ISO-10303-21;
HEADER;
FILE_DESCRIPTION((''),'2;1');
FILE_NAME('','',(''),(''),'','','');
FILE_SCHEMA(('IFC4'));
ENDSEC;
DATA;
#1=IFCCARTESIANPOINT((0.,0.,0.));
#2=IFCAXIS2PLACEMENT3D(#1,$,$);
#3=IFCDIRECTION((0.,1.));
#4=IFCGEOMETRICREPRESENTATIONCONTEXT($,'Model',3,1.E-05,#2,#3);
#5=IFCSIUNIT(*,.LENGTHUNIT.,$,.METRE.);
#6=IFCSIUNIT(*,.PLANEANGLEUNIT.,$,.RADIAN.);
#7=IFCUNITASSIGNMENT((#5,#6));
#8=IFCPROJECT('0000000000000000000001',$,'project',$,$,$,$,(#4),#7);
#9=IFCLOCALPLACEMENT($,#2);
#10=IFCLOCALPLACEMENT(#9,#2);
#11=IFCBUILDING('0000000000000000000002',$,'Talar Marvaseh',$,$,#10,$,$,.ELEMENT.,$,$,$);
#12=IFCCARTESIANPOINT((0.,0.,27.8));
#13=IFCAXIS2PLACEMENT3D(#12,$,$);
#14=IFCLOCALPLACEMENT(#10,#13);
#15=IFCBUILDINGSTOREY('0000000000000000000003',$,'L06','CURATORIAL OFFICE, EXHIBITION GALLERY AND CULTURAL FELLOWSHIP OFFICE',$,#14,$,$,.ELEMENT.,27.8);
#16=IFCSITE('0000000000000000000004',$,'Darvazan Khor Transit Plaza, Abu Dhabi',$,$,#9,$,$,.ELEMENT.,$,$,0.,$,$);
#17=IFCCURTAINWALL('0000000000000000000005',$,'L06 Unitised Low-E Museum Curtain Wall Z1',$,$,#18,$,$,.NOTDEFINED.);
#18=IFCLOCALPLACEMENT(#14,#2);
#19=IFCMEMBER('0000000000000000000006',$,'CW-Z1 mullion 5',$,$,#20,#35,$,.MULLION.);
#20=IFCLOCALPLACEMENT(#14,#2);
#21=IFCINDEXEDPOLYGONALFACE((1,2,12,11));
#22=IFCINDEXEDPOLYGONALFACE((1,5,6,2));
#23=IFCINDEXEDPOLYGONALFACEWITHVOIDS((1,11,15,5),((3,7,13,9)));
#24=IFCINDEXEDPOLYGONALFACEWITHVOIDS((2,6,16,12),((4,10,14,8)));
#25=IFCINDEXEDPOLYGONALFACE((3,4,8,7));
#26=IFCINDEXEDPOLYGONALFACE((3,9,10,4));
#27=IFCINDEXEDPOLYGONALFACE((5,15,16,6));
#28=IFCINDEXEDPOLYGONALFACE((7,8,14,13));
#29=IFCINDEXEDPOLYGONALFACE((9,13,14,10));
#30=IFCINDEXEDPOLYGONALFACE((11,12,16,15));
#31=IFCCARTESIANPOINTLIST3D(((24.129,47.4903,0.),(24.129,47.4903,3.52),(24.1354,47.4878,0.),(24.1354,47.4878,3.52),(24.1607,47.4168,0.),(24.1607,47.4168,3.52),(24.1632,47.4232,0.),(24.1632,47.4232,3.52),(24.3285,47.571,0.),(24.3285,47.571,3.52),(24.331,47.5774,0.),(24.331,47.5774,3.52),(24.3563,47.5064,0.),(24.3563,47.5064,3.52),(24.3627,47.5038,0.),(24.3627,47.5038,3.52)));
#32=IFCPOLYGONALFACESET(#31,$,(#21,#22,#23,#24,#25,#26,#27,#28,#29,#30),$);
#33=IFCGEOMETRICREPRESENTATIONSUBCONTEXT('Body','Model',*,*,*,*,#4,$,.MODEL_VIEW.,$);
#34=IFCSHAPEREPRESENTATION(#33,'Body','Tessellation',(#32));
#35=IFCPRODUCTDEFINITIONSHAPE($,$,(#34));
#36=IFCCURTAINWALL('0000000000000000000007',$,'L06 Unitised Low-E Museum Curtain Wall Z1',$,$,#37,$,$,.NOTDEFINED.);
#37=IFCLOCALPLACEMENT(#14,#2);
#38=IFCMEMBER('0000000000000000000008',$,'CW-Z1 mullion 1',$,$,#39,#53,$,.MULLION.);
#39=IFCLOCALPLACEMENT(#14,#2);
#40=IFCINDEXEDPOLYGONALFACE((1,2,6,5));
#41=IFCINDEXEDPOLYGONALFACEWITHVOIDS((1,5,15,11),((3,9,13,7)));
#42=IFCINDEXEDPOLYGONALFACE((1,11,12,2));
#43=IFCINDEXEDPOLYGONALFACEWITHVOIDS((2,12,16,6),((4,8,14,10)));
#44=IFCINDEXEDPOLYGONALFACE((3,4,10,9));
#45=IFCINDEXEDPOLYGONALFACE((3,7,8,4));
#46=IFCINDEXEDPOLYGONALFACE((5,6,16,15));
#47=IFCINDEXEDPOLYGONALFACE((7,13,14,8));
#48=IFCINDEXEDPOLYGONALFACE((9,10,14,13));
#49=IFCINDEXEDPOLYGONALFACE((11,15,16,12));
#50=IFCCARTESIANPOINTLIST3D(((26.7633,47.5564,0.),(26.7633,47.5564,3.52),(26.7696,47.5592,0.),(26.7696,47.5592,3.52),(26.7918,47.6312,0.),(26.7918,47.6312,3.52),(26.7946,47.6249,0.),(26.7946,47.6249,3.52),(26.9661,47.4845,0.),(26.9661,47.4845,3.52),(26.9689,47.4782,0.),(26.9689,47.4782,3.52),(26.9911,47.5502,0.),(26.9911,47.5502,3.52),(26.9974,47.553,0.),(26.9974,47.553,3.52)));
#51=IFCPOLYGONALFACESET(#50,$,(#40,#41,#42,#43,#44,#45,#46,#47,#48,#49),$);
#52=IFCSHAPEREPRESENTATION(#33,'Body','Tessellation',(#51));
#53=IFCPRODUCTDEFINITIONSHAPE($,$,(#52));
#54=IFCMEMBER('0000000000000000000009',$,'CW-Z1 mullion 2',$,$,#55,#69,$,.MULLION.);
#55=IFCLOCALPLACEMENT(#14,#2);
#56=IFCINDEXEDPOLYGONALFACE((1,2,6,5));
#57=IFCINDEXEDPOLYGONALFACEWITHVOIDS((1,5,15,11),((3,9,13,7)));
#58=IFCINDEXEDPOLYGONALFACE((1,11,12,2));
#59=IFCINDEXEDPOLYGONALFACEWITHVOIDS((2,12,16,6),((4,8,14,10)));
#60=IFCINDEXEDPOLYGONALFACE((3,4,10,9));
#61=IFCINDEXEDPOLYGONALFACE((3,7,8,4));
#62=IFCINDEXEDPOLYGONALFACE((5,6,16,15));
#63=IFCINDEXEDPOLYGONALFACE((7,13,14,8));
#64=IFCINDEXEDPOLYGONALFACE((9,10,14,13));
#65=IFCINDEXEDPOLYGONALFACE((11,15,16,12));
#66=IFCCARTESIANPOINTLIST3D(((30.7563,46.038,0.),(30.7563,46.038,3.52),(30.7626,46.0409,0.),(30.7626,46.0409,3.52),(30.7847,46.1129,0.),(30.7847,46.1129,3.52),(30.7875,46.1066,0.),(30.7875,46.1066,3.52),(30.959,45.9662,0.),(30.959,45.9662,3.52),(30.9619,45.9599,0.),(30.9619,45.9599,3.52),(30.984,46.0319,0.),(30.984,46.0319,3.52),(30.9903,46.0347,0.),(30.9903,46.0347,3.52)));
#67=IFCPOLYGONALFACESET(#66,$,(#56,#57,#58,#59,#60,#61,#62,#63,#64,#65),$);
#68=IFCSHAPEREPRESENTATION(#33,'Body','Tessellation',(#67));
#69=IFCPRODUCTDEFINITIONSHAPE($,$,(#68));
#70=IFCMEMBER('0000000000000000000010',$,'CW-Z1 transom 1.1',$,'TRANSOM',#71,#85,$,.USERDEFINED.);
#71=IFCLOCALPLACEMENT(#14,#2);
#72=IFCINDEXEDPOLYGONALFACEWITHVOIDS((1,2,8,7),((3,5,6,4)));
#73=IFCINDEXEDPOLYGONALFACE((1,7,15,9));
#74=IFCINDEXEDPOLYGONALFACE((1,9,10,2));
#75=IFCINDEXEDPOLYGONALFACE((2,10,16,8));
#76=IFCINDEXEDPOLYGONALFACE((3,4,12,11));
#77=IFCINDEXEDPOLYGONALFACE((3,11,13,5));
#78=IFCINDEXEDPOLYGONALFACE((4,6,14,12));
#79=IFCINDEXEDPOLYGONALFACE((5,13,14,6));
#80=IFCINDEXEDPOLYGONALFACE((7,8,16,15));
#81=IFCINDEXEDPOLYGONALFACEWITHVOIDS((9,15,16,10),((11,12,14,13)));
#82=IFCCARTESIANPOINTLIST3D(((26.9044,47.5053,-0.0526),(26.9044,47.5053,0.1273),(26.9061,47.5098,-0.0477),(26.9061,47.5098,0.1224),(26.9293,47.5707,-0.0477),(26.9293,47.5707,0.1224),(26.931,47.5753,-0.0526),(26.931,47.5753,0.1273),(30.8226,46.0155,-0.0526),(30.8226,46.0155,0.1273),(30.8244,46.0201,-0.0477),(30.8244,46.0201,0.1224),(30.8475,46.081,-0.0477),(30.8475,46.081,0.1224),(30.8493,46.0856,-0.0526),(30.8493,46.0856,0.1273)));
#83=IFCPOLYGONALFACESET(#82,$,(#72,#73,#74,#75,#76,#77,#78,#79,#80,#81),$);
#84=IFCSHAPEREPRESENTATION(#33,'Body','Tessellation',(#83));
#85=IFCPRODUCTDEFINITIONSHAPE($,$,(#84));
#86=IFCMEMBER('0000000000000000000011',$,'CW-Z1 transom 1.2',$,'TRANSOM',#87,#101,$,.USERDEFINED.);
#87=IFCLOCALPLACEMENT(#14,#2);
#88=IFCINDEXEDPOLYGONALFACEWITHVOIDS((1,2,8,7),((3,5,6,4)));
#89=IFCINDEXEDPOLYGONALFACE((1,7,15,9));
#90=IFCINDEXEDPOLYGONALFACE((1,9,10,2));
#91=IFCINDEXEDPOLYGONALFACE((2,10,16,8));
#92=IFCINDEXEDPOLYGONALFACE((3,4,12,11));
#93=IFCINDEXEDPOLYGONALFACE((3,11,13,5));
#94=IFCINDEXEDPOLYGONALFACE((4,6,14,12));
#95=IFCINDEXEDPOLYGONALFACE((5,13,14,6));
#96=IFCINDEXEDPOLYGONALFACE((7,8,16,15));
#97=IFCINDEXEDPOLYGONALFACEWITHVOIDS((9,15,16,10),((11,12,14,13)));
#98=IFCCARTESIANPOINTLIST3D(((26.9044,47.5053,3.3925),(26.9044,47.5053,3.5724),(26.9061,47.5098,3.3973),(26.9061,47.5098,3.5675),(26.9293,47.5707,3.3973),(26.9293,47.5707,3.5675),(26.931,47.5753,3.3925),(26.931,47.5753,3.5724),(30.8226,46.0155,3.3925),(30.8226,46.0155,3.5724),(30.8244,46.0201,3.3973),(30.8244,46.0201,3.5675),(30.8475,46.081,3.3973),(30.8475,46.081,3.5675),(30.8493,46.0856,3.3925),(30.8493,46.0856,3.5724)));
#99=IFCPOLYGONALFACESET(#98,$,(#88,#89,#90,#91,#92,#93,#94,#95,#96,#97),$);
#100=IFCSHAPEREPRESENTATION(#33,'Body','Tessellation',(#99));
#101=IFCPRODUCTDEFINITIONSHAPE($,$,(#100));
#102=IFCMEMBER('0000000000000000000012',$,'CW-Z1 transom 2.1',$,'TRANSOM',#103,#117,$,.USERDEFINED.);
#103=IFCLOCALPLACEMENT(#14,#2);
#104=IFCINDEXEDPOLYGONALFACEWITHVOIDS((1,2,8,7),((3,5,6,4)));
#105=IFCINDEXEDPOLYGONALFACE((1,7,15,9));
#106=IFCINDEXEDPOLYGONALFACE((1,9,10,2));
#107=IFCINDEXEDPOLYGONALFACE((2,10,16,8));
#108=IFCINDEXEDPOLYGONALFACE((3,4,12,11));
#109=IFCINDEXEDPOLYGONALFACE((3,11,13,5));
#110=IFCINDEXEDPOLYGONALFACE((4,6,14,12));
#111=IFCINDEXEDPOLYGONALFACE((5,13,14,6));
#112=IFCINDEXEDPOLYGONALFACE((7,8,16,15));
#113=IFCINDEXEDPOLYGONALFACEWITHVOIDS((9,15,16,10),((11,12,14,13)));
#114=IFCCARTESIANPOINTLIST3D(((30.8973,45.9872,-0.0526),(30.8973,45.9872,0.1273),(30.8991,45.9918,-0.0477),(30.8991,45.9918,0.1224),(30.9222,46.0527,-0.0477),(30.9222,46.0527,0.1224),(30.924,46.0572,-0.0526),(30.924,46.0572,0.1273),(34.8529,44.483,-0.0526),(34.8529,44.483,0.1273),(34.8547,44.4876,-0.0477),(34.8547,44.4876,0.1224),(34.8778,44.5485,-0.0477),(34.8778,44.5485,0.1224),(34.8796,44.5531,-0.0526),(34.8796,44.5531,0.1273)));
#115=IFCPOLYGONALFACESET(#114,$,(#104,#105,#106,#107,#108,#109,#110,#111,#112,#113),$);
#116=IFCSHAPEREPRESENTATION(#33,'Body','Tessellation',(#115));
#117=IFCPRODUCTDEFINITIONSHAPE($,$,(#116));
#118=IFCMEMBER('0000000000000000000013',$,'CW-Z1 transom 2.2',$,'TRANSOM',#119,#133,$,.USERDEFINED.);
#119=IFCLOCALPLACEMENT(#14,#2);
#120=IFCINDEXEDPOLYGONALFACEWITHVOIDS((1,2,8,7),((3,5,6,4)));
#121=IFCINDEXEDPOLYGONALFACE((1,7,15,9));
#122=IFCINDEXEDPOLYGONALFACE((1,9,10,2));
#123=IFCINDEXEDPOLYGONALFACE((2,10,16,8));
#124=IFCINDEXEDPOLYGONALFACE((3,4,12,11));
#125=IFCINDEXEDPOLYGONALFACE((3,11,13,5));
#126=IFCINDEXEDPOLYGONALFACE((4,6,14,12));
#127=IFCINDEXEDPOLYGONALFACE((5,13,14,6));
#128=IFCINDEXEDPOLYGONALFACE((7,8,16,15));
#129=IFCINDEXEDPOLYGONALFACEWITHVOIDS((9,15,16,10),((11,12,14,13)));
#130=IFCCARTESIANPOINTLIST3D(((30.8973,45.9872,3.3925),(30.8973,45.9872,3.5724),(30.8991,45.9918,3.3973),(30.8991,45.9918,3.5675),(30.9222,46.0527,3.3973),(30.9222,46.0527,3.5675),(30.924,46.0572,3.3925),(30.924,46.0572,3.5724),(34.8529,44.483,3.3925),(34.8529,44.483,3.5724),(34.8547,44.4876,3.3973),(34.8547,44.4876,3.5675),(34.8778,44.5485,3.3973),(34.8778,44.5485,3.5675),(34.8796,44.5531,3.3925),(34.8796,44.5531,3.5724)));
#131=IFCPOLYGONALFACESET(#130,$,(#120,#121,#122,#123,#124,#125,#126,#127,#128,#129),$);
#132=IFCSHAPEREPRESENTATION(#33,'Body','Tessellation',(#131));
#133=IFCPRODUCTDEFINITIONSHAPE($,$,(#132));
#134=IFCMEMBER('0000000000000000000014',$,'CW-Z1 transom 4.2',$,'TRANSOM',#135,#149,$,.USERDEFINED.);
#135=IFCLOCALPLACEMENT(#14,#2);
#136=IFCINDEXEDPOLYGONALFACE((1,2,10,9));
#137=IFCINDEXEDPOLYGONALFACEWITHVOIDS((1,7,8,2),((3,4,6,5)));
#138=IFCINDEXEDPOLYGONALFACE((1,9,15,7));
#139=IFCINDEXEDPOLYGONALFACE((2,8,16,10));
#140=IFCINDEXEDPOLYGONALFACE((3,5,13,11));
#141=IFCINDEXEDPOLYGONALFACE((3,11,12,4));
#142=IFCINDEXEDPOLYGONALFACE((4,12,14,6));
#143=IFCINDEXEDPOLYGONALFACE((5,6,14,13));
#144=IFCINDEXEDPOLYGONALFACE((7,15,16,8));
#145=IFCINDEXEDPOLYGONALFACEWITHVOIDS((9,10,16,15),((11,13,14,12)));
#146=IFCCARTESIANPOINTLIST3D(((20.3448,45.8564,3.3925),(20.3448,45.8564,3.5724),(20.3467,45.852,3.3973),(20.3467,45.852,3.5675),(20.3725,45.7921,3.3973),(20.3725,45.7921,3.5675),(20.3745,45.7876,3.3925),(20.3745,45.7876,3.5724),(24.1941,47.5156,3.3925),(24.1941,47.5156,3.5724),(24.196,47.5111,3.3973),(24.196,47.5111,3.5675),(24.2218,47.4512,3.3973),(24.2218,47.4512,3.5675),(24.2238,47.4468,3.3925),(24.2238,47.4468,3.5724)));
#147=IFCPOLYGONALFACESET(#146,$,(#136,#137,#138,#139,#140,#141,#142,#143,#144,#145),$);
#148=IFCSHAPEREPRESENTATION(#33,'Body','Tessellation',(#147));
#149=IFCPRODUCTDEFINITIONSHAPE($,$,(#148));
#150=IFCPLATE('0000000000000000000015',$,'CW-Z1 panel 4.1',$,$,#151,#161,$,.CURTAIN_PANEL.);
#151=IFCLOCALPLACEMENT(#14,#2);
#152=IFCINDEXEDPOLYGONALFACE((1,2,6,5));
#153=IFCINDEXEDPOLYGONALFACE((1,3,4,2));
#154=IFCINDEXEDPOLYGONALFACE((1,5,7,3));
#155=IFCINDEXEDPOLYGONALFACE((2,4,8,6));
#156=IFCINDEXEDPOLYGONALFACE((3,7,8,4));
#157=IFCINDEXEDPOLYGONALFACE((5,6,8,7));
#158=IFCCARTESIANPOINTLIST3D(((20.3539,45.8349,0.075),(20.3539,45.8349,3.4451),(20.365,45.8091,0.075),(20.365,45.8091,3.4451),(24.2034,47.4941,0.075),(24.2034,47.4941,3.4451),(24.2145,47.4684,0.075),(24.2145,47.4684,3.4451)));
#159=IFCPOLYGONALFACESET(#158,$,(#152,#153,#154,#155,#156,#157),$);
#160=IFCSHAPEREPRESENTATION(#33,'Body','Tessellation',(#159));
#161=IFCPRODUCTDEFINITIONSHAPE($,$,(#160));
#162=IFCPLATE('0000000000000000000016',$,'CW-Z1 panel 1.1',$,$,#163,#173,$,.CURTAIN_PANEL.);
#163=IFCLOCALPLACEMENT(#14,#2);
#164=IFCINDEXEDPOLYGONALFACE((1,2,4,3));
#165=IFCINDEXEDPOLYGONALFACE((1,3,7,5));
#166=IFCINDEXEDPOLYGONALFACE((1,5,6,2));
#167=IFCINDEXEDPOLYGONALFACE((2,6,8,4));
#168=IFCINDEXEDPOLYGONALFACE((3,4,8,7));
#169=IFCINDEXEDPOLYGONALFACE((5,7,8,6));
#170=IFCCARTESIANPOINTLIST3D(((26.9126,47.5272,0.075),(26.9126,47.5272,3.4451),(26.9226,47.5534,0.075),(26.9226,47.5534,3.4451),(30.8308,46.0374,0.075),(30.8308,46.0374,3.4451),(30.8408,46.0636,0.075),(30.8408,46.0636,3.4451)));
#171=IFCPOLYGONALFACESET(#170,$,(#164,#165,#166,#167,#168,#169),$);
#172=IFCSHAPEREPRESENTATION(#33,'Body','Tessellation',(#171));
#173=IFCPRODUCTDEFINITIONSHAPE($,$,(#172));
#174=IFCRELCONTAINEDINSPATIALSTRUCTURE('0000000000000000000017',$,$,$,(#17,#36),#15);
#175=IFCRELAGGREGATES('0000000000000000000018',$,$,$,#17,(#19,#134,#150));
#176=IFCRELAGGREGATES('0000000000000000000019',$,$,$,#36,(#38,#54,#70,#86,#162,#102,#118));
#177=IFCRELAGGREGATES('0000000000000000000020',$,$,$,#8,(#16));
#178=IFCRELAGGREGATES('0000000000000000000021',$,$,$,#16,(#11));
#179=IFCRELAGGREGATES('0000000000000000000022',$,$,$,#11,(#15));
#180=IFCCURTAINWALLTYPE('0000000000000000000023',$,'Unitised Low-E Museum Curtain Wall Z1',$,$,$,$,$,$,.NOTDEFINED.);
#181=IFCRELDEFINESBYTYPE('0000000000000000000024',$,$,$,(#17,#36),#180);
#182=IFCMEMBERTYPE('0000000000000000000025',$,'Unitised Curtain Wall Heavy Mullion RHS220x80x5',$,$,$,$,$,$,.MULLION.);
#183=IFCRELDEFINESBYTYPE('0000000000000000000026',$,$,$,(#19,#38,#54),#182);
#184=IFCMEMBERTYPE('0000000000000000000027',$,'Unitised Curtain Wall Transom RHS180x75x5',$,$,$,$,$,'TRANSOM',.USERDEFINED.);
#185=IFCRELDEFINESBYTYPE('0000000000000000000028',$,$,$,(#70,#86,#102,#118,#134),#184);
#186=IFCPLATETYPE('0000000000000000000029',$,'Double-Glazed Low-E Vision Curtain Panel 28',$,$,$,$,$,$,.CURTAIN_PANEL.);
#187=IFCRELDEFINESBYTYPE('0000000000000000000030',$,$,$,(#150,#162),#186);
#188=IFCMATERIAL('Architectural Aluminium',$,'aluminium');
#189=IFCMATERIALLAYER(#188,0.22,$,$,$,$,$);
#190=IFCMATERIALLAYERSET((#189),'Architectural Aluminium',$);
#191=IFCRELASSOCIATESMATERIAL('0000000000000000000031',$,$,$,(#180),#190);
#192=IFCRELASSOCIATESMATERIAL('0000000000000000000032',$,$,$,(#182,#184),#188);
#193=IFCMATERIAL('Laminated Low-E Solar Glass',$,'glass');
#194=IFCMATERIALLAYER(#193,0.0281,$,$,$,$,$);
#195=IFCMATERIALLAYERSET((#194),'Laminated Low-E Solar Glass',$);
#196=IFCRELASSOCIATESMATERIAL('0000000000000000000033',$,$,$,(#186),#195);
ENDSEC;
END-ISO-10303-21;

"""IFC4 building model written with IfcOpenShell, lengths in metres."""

from ifc_helpers import new_model, si_unit, direction, frame, origin, origin_2d, place, context, subcontext, project, spatial, rectangle, hollow_rectangle, extrude, source, transform, mapped, material, layer, layer_set, material_profile, profile_set, type_object, type_shapes, element, aggregate, save


model = new_model("IFC4")

# Units and contexts
model_context = context("Model", 3, precision=1e-05, world=origin(), true_north=direction((0.0, 1.0)))
body_context = subcontext(model_context, "Body", "Model", "MODEL_VIEW")
ifc_project = project(units=[si_unit("LENGTHUNIT", "METRE"), si_unit("PLANEANGLEUNIT", "RADIAN")], contexts=[model_context])

# Site, building, storey
site_placement = place(None, origin())
site = spatial("IfcSite", under=ifc_project, at=site_placement, Name="Darvazan Khor Transit Plaza, Abu Dhabi", CompositionType="ELEMENT", RefElevation=0.0)
building_placement = place(site_placement, origin())
building = spatial("IfcBuilding", under=site, at=building_placement, Name="Talar Marvaseh", CompositionType="ELEMENT")
storey_placement = place(building_placement, frame((0.0, 0.0, 27.8)))
storey = spatial("IfcBuildingStorey", under=building, at=storey_placement, Name="L06", Description="CURATORIAL OFFICE, EXHIBITION GALLERY AND CULTURAL FELLOWSHIP OFFICE", CompositionType="ELEMENT", Elevation=27.8)

# Curtain wall, member
ifc_material_1 = material(Name="Architectural Aluminium", Category="aluminium")
ifc_layer_1 = layer(ifc_material_1, 0.22)
ifc_layer_set_1 = layer_set([ifc_layer_1], Name="Architectural Aluminium")
curtain_wall_type = type_object("IfcCurtainWallType", Name="Unitised Low-E Museum Curtain Wall Z1", PredefinedType="NOTDEFINED", material=ifc_layer_set_1)
curtain_wall_1_placement = place(storey_placement, origin())
curtain_wall_1 = element("IfcCurtainWall", 1, at=curtain_wall_1_placement, inside=storey, type_object=curtain_wall_type, Name="L06 Unitised Low-E Museum Curtain Wall Z1", PredefinedType="NOTDEFINED")
ifc_material_profile_1 = material_profile(ifc_material_1, hollow_rectangle(XDim=0.0801, YDim=0.22, WallThickness=0.0049, at=origin_2d()), Name="RHS220x80x5")
ifc_profile_set_1 = profile_set([ifc_material_profile_1], Name="Architectural Aluminium")
member_type_1 = type_object("IfcMemberType", Name="Unitised Curtain Wall Heavy Mullion RHS220x80x5", PredefinedType="MULLION", material=ifc_profile_set_1)
shared_shape_1 = source(origin(), body_context, "Body", "SweptSolid", [
    extrude(hollow_rectangle(XDim=0.0801, YDim=0.22, WallThickness=0.0049, at=origin_2d()), origin(), (0.0, 0.0, 1.0), 3.52),
])
type_shapes(member_type_1, [shared_shape_1])
member_1_placement = place(storey_placement, frame((24.2458, 47.4971, 0.0), z_axis=(0.0, 0.0, 1.0), x_axis=(-0.395831, 0.918323, 0.0)))
member_1 = element("IfcMember", 2, at=member_1_placement, type_object=member_type_1, Name="CW-Z1 mullion 5", PredefinedType="MULLION", context=body_context, shape_type="MappedRepresentation", body=[
    mapped(shared_shape_1, transform((0.0, 0.0, 0.0), x_axis=(1.0, 0.0, 0.0), y_axis=(0.0, 1.0, 0.0), z_axis=(0.0, 0.0, 1.0), scale=1.0)),
])

# Curtain wall, members
curtain_wall_2_placement = place(storey_placement, origin())
curtain_wall_2 = element("IfcCurtainWall", 3, at=curtain_wall_2_placement, inside=storey, type_object=curtain_wall_type, Name="L06 Unitised Low-E Museum Curtain Wall Z1", PredefinedType="NOTDEFINED")
member_2_placement = place(storey_placement, frame((26.8804, 47.5547, 0.0), z_axis=(0.0, 0.0, 1.0), x_axis=(0.3554, 0.934714, 0.0)))
member_2 = element("IfcMember", 4, at=member_2_placement, type_object=member_type_1, Name="CW-Z1 mullion 1", PredefinedType="MULLION", context=body_context, shape_type="MappedRepresentation", body=[
    mapped(shared_shape_1, transform((0.0, 0.0, 0.0), x_axis=(1.0, 0.0, 0.0), y_axis=(0.0, 1.0, 0.0), z_axis=(0.0, 0.0, 1.0), scale=1.0)),
])
member_3_placement = place(storey_placement, frame((30.8733, 46.0364, 0.0), z_axis=(0.0, 0.0, 1.0), x_axis=(0.3554, 0.934714, 0.0)))
member_3 = element("IfcMember", 5, at=member_3_placement, type_object=member_type_1, Name="CW-Z1 mullion 2", PredefinedType="MULLION", context=body_context, shape_type="MappedRepresentation", body=[
    mapped(shared_shape_1, transform((0.0, 0.0, 0.0), x_axis=(1.0, 0.0, 0.0), y_axis=(0.0, 1.0, 0.0), z_axis=(0.0, 0.0, 1.0), scale=1.0)),
])
ifc_material_profile_2 = material_profile(ifc_material_1, hollow_rectangle(XDim=0.075, YDim=0.1799, WallThickness=0.0049, at=origin_2d()), Name="RHS180x75x5")
ifc_profile_set_2 = profile_set([ifc_material_profile_2], Name="Architectural Aluminium")
member_type_2 = type_object("IfcMemberType", Name="Unitised Curtain Wall Transom RHS180x75x5", ElementType="TRANSOM", PredefinedType="USERDEFINED", material=ifc_profile_set_2)
shared_shape_2 = source(origin(), body_context, "Body", "SweptSolid", [
    extrude(hollow_rectangle(XDim=0.075, YDim=0.1799, WallThickness=0.0049, at=origin_2d()), origin(), (0.0, 0.0, 1.0), 4.1919),
])
member_4_placement = place(storey_placement, frame((26.9177, 47.5403, 0.0374), z_axis=(0.934718, -0.35539, 0.0), x_axis=(0.35539, 0.934718, 0.0)))
member_4 = element("IfcMember", 6, at=member_4_placement, type_object=member_type_2, Name="CW-Z1 transom 1.1", ObjectType="TRANSOM", PredefinedType="USERDEFINED", context=body_context, shape_type="MappedRepresentation", body=[
    mapped(shared_shape_2, transform((0.0, 0.0, 0.0), x_axis=(1.0, 0.0, 0.0), y_axis=(0.0, 1.0, 0.0), z_axis=(0.0, 0.0, 1.0), scale=1.0)),
])
member_5_placement = place(storey_placement, frame((26.9177, 47.5403, 3.4824), z_axis=(0.934718, -0.35539, 0.0), x_axis=(0.35539, 0.934718, 0.0)))
member_5 = element("IfcMember", 7, at=member_5_placement, type_object=member_type_2, Name="CW-Z1 transom 1.2", ObjectType="TRANSOM", PredefinedType="USERDEFINED", context=body_context, shape_type="MappedRepresentation", body=[
    mapped(shared_shape_2, transform((0.0, 0.0, 0.0), x_axis=(1.0, 0.0, 0.0), y_axis=(0.0, 1.0, 0.0), z_axis=(0.0, 0.0, 1.0), scale=1.0)),
])
shared_shape_3 = source(origin(), body_context, "Body", "SweptSolid", [
    extrude(hollow_rectangle(XDim=0.075, YDim=0.1799, WallThickness=0.0049, at=origin_2d()), origin(), (0.0, 0.0, 1.0), 4.2319),
])
member_6_placement = place(storey_placement, frame((30.9106, 46.0222, 0.0374), z_axis=(0.934702, -0.355431, 0.0), x_axis=(0.355431, 0.934702, 0.0)))
member_6 = element("IfcMember", 8, at=member_6_placement, type_object=member_type_2, Name="CW-Z1 transom 2.1", ObjectType="TRANSOM", PredefinedType="USERDEFINED", context=body_context, shape_type="MappedRepresentation", body=[
    mapped(shared_shape_3, transform((0.0, 0.0, 0.0), x_axis=(1.0, 0.0, 0.0), y_axis=(0.0, 1.0, 0.0), z_axis=(0.0, 0.0, 1.0), scale=1.0)),
])
member_7_placement = place(storey_placement, frame((30.9106, 46.0222, 3.4824), z_axis=(0.934702, -0.355431, 0.0), x_axis=(0.355431, 0.934702, 0.0)))
member_7 = element("IfcMember", 9, at=member_7_placement, type_object=member_type_2, Name="CW-Z1 transom 2.2", ObjectType="TRANSOM", PredefinedType="USERDEFINED", context=body_context, shape_type="MappedRepresentation", body=[
    mapped(shared_shape_3, transform((0.0, 0.0, 0.0), x_axis=(1.0, 0.0, 0.0), y_axis=(0.0, 1.0, 0.0), z_axis=(0.0, 0.0, 1.0), scale=1.0)),
])

# Member
shared_shape_4 = source(origin(), body_context, "Body", "SweptSolid", [
    extrude(hollow_rectangle(XDim=0.075, YDim=0.1799, WallThickness=0.0049, at=origin_2d()), origin(), (0.0, 0.0, 1.0), 4.1917),
])
type_shapes(member_type_2, [shared_shape_2, shared_shape_3, shared_shape_4])
member_8_placement = place(storey_placement, frame((20.3596, 45.822, 3.4824), z_axis=(0.918327, 0.395823, 0.0), x_axis=(-0.395823, 0.918327, 0.0)))
member_8 = element("IfcMember", 10, at=member_8_placement, type_object=member_type_2, Name="CW-Z1 transom 4.2", ObjectType="TRANSOM", PredefinedType="USERDEFINED", context=body_context, shape_type="MappedRepresentation", body=[
    mapped(shared_shape_4, transform((0.0, 0.0, 0.0), x_axis=(1.0, 0.0, 0.0), y_axis=(0.0, 1.0, 0.0), z_axis=(0.0, 0.0, 1.0), scale=1.0)),
])

# Plates
ifc_material_2 = material(Name="Laminated Low-E Solar Glass", Category="glass")
ifc_layer_2 = layer(ifc_material_2, 0.0281)
ifc_layer_set_2 = layer_set([ifc_layer_2], Name="Laminated Low-E Solar Glass")
plate_type = type_object("IfcPlateType", Name="Double-Glazed Low-E Vision Curtain Panel 28", PredefinedType="CURTAIN_PANEL", material=ifc_layer_set_2)
shared_shape_5 = source(origin(), body_context, "Body", "SweptSolid", [
    extrude(rectangle(XDim=4.1919, YDim=0.0281, at=origin_2d()), origin(), (0.0, 0.0, 1.0), 3.3701),
])
type_shapes(plate_type, [shared_shape_5])
plate_1_placement = place(storey_placement, frame((22.2842, 46.6516, 0.075), z_axis=(0.0, 0.0, 1.0), x_axis=(0.918323, 0.395831, 0.0)))
plate_1 = element("IfcPlate", 11, at=plate_1_placement, type_object=plate_type, Name="CW-Z1 panel 4.1", PredefinedType="CURTAIN_PANEL", context=body_context, shape_type="MappedRepresentation", body=[
    mapped(shared_shape_5, transform((0.0, 0.0, 0.0), x_axis=(1.0, 0.0, 0.0), y_axis=(0.0, 1.0, 0.0), z_axis=(0.0, 0.0, 1.0), scale=1.0)),
])
aggregate(curtain_wall_1, [member_1, member_8, plate_1])
plate_2_placement = place(storey_placement, frame((28.8767, 46.7954, 0.075), z_axis=(0.0, 0.0, 1.0), x_axis=(0.934714, -0.3554, 0.0)))
plate_2 = element("IfcPlate", 12, at=plate_2_placement, type_object=plate_type, Name="CW-Z1 panel 1.1", PredefinedType="CURTAIN_PANEL", context=body_context, shape_type="MappedRepresentation", body=[
    mapped(shared_shape_5, transform((0.0, 0.0, 0.0), x_axis=(1.0, 0.0, 0.0), y_axis=(0.0, 1.0, 0.0), z_axis=(0.0, 0.0, 1.0), scale=1.0)),
])
aggregate(curtain_wall_2, [member_2, member_3, member_4, member_5, plate_2, member_6, member_7])

save(model, "model.ifc")
